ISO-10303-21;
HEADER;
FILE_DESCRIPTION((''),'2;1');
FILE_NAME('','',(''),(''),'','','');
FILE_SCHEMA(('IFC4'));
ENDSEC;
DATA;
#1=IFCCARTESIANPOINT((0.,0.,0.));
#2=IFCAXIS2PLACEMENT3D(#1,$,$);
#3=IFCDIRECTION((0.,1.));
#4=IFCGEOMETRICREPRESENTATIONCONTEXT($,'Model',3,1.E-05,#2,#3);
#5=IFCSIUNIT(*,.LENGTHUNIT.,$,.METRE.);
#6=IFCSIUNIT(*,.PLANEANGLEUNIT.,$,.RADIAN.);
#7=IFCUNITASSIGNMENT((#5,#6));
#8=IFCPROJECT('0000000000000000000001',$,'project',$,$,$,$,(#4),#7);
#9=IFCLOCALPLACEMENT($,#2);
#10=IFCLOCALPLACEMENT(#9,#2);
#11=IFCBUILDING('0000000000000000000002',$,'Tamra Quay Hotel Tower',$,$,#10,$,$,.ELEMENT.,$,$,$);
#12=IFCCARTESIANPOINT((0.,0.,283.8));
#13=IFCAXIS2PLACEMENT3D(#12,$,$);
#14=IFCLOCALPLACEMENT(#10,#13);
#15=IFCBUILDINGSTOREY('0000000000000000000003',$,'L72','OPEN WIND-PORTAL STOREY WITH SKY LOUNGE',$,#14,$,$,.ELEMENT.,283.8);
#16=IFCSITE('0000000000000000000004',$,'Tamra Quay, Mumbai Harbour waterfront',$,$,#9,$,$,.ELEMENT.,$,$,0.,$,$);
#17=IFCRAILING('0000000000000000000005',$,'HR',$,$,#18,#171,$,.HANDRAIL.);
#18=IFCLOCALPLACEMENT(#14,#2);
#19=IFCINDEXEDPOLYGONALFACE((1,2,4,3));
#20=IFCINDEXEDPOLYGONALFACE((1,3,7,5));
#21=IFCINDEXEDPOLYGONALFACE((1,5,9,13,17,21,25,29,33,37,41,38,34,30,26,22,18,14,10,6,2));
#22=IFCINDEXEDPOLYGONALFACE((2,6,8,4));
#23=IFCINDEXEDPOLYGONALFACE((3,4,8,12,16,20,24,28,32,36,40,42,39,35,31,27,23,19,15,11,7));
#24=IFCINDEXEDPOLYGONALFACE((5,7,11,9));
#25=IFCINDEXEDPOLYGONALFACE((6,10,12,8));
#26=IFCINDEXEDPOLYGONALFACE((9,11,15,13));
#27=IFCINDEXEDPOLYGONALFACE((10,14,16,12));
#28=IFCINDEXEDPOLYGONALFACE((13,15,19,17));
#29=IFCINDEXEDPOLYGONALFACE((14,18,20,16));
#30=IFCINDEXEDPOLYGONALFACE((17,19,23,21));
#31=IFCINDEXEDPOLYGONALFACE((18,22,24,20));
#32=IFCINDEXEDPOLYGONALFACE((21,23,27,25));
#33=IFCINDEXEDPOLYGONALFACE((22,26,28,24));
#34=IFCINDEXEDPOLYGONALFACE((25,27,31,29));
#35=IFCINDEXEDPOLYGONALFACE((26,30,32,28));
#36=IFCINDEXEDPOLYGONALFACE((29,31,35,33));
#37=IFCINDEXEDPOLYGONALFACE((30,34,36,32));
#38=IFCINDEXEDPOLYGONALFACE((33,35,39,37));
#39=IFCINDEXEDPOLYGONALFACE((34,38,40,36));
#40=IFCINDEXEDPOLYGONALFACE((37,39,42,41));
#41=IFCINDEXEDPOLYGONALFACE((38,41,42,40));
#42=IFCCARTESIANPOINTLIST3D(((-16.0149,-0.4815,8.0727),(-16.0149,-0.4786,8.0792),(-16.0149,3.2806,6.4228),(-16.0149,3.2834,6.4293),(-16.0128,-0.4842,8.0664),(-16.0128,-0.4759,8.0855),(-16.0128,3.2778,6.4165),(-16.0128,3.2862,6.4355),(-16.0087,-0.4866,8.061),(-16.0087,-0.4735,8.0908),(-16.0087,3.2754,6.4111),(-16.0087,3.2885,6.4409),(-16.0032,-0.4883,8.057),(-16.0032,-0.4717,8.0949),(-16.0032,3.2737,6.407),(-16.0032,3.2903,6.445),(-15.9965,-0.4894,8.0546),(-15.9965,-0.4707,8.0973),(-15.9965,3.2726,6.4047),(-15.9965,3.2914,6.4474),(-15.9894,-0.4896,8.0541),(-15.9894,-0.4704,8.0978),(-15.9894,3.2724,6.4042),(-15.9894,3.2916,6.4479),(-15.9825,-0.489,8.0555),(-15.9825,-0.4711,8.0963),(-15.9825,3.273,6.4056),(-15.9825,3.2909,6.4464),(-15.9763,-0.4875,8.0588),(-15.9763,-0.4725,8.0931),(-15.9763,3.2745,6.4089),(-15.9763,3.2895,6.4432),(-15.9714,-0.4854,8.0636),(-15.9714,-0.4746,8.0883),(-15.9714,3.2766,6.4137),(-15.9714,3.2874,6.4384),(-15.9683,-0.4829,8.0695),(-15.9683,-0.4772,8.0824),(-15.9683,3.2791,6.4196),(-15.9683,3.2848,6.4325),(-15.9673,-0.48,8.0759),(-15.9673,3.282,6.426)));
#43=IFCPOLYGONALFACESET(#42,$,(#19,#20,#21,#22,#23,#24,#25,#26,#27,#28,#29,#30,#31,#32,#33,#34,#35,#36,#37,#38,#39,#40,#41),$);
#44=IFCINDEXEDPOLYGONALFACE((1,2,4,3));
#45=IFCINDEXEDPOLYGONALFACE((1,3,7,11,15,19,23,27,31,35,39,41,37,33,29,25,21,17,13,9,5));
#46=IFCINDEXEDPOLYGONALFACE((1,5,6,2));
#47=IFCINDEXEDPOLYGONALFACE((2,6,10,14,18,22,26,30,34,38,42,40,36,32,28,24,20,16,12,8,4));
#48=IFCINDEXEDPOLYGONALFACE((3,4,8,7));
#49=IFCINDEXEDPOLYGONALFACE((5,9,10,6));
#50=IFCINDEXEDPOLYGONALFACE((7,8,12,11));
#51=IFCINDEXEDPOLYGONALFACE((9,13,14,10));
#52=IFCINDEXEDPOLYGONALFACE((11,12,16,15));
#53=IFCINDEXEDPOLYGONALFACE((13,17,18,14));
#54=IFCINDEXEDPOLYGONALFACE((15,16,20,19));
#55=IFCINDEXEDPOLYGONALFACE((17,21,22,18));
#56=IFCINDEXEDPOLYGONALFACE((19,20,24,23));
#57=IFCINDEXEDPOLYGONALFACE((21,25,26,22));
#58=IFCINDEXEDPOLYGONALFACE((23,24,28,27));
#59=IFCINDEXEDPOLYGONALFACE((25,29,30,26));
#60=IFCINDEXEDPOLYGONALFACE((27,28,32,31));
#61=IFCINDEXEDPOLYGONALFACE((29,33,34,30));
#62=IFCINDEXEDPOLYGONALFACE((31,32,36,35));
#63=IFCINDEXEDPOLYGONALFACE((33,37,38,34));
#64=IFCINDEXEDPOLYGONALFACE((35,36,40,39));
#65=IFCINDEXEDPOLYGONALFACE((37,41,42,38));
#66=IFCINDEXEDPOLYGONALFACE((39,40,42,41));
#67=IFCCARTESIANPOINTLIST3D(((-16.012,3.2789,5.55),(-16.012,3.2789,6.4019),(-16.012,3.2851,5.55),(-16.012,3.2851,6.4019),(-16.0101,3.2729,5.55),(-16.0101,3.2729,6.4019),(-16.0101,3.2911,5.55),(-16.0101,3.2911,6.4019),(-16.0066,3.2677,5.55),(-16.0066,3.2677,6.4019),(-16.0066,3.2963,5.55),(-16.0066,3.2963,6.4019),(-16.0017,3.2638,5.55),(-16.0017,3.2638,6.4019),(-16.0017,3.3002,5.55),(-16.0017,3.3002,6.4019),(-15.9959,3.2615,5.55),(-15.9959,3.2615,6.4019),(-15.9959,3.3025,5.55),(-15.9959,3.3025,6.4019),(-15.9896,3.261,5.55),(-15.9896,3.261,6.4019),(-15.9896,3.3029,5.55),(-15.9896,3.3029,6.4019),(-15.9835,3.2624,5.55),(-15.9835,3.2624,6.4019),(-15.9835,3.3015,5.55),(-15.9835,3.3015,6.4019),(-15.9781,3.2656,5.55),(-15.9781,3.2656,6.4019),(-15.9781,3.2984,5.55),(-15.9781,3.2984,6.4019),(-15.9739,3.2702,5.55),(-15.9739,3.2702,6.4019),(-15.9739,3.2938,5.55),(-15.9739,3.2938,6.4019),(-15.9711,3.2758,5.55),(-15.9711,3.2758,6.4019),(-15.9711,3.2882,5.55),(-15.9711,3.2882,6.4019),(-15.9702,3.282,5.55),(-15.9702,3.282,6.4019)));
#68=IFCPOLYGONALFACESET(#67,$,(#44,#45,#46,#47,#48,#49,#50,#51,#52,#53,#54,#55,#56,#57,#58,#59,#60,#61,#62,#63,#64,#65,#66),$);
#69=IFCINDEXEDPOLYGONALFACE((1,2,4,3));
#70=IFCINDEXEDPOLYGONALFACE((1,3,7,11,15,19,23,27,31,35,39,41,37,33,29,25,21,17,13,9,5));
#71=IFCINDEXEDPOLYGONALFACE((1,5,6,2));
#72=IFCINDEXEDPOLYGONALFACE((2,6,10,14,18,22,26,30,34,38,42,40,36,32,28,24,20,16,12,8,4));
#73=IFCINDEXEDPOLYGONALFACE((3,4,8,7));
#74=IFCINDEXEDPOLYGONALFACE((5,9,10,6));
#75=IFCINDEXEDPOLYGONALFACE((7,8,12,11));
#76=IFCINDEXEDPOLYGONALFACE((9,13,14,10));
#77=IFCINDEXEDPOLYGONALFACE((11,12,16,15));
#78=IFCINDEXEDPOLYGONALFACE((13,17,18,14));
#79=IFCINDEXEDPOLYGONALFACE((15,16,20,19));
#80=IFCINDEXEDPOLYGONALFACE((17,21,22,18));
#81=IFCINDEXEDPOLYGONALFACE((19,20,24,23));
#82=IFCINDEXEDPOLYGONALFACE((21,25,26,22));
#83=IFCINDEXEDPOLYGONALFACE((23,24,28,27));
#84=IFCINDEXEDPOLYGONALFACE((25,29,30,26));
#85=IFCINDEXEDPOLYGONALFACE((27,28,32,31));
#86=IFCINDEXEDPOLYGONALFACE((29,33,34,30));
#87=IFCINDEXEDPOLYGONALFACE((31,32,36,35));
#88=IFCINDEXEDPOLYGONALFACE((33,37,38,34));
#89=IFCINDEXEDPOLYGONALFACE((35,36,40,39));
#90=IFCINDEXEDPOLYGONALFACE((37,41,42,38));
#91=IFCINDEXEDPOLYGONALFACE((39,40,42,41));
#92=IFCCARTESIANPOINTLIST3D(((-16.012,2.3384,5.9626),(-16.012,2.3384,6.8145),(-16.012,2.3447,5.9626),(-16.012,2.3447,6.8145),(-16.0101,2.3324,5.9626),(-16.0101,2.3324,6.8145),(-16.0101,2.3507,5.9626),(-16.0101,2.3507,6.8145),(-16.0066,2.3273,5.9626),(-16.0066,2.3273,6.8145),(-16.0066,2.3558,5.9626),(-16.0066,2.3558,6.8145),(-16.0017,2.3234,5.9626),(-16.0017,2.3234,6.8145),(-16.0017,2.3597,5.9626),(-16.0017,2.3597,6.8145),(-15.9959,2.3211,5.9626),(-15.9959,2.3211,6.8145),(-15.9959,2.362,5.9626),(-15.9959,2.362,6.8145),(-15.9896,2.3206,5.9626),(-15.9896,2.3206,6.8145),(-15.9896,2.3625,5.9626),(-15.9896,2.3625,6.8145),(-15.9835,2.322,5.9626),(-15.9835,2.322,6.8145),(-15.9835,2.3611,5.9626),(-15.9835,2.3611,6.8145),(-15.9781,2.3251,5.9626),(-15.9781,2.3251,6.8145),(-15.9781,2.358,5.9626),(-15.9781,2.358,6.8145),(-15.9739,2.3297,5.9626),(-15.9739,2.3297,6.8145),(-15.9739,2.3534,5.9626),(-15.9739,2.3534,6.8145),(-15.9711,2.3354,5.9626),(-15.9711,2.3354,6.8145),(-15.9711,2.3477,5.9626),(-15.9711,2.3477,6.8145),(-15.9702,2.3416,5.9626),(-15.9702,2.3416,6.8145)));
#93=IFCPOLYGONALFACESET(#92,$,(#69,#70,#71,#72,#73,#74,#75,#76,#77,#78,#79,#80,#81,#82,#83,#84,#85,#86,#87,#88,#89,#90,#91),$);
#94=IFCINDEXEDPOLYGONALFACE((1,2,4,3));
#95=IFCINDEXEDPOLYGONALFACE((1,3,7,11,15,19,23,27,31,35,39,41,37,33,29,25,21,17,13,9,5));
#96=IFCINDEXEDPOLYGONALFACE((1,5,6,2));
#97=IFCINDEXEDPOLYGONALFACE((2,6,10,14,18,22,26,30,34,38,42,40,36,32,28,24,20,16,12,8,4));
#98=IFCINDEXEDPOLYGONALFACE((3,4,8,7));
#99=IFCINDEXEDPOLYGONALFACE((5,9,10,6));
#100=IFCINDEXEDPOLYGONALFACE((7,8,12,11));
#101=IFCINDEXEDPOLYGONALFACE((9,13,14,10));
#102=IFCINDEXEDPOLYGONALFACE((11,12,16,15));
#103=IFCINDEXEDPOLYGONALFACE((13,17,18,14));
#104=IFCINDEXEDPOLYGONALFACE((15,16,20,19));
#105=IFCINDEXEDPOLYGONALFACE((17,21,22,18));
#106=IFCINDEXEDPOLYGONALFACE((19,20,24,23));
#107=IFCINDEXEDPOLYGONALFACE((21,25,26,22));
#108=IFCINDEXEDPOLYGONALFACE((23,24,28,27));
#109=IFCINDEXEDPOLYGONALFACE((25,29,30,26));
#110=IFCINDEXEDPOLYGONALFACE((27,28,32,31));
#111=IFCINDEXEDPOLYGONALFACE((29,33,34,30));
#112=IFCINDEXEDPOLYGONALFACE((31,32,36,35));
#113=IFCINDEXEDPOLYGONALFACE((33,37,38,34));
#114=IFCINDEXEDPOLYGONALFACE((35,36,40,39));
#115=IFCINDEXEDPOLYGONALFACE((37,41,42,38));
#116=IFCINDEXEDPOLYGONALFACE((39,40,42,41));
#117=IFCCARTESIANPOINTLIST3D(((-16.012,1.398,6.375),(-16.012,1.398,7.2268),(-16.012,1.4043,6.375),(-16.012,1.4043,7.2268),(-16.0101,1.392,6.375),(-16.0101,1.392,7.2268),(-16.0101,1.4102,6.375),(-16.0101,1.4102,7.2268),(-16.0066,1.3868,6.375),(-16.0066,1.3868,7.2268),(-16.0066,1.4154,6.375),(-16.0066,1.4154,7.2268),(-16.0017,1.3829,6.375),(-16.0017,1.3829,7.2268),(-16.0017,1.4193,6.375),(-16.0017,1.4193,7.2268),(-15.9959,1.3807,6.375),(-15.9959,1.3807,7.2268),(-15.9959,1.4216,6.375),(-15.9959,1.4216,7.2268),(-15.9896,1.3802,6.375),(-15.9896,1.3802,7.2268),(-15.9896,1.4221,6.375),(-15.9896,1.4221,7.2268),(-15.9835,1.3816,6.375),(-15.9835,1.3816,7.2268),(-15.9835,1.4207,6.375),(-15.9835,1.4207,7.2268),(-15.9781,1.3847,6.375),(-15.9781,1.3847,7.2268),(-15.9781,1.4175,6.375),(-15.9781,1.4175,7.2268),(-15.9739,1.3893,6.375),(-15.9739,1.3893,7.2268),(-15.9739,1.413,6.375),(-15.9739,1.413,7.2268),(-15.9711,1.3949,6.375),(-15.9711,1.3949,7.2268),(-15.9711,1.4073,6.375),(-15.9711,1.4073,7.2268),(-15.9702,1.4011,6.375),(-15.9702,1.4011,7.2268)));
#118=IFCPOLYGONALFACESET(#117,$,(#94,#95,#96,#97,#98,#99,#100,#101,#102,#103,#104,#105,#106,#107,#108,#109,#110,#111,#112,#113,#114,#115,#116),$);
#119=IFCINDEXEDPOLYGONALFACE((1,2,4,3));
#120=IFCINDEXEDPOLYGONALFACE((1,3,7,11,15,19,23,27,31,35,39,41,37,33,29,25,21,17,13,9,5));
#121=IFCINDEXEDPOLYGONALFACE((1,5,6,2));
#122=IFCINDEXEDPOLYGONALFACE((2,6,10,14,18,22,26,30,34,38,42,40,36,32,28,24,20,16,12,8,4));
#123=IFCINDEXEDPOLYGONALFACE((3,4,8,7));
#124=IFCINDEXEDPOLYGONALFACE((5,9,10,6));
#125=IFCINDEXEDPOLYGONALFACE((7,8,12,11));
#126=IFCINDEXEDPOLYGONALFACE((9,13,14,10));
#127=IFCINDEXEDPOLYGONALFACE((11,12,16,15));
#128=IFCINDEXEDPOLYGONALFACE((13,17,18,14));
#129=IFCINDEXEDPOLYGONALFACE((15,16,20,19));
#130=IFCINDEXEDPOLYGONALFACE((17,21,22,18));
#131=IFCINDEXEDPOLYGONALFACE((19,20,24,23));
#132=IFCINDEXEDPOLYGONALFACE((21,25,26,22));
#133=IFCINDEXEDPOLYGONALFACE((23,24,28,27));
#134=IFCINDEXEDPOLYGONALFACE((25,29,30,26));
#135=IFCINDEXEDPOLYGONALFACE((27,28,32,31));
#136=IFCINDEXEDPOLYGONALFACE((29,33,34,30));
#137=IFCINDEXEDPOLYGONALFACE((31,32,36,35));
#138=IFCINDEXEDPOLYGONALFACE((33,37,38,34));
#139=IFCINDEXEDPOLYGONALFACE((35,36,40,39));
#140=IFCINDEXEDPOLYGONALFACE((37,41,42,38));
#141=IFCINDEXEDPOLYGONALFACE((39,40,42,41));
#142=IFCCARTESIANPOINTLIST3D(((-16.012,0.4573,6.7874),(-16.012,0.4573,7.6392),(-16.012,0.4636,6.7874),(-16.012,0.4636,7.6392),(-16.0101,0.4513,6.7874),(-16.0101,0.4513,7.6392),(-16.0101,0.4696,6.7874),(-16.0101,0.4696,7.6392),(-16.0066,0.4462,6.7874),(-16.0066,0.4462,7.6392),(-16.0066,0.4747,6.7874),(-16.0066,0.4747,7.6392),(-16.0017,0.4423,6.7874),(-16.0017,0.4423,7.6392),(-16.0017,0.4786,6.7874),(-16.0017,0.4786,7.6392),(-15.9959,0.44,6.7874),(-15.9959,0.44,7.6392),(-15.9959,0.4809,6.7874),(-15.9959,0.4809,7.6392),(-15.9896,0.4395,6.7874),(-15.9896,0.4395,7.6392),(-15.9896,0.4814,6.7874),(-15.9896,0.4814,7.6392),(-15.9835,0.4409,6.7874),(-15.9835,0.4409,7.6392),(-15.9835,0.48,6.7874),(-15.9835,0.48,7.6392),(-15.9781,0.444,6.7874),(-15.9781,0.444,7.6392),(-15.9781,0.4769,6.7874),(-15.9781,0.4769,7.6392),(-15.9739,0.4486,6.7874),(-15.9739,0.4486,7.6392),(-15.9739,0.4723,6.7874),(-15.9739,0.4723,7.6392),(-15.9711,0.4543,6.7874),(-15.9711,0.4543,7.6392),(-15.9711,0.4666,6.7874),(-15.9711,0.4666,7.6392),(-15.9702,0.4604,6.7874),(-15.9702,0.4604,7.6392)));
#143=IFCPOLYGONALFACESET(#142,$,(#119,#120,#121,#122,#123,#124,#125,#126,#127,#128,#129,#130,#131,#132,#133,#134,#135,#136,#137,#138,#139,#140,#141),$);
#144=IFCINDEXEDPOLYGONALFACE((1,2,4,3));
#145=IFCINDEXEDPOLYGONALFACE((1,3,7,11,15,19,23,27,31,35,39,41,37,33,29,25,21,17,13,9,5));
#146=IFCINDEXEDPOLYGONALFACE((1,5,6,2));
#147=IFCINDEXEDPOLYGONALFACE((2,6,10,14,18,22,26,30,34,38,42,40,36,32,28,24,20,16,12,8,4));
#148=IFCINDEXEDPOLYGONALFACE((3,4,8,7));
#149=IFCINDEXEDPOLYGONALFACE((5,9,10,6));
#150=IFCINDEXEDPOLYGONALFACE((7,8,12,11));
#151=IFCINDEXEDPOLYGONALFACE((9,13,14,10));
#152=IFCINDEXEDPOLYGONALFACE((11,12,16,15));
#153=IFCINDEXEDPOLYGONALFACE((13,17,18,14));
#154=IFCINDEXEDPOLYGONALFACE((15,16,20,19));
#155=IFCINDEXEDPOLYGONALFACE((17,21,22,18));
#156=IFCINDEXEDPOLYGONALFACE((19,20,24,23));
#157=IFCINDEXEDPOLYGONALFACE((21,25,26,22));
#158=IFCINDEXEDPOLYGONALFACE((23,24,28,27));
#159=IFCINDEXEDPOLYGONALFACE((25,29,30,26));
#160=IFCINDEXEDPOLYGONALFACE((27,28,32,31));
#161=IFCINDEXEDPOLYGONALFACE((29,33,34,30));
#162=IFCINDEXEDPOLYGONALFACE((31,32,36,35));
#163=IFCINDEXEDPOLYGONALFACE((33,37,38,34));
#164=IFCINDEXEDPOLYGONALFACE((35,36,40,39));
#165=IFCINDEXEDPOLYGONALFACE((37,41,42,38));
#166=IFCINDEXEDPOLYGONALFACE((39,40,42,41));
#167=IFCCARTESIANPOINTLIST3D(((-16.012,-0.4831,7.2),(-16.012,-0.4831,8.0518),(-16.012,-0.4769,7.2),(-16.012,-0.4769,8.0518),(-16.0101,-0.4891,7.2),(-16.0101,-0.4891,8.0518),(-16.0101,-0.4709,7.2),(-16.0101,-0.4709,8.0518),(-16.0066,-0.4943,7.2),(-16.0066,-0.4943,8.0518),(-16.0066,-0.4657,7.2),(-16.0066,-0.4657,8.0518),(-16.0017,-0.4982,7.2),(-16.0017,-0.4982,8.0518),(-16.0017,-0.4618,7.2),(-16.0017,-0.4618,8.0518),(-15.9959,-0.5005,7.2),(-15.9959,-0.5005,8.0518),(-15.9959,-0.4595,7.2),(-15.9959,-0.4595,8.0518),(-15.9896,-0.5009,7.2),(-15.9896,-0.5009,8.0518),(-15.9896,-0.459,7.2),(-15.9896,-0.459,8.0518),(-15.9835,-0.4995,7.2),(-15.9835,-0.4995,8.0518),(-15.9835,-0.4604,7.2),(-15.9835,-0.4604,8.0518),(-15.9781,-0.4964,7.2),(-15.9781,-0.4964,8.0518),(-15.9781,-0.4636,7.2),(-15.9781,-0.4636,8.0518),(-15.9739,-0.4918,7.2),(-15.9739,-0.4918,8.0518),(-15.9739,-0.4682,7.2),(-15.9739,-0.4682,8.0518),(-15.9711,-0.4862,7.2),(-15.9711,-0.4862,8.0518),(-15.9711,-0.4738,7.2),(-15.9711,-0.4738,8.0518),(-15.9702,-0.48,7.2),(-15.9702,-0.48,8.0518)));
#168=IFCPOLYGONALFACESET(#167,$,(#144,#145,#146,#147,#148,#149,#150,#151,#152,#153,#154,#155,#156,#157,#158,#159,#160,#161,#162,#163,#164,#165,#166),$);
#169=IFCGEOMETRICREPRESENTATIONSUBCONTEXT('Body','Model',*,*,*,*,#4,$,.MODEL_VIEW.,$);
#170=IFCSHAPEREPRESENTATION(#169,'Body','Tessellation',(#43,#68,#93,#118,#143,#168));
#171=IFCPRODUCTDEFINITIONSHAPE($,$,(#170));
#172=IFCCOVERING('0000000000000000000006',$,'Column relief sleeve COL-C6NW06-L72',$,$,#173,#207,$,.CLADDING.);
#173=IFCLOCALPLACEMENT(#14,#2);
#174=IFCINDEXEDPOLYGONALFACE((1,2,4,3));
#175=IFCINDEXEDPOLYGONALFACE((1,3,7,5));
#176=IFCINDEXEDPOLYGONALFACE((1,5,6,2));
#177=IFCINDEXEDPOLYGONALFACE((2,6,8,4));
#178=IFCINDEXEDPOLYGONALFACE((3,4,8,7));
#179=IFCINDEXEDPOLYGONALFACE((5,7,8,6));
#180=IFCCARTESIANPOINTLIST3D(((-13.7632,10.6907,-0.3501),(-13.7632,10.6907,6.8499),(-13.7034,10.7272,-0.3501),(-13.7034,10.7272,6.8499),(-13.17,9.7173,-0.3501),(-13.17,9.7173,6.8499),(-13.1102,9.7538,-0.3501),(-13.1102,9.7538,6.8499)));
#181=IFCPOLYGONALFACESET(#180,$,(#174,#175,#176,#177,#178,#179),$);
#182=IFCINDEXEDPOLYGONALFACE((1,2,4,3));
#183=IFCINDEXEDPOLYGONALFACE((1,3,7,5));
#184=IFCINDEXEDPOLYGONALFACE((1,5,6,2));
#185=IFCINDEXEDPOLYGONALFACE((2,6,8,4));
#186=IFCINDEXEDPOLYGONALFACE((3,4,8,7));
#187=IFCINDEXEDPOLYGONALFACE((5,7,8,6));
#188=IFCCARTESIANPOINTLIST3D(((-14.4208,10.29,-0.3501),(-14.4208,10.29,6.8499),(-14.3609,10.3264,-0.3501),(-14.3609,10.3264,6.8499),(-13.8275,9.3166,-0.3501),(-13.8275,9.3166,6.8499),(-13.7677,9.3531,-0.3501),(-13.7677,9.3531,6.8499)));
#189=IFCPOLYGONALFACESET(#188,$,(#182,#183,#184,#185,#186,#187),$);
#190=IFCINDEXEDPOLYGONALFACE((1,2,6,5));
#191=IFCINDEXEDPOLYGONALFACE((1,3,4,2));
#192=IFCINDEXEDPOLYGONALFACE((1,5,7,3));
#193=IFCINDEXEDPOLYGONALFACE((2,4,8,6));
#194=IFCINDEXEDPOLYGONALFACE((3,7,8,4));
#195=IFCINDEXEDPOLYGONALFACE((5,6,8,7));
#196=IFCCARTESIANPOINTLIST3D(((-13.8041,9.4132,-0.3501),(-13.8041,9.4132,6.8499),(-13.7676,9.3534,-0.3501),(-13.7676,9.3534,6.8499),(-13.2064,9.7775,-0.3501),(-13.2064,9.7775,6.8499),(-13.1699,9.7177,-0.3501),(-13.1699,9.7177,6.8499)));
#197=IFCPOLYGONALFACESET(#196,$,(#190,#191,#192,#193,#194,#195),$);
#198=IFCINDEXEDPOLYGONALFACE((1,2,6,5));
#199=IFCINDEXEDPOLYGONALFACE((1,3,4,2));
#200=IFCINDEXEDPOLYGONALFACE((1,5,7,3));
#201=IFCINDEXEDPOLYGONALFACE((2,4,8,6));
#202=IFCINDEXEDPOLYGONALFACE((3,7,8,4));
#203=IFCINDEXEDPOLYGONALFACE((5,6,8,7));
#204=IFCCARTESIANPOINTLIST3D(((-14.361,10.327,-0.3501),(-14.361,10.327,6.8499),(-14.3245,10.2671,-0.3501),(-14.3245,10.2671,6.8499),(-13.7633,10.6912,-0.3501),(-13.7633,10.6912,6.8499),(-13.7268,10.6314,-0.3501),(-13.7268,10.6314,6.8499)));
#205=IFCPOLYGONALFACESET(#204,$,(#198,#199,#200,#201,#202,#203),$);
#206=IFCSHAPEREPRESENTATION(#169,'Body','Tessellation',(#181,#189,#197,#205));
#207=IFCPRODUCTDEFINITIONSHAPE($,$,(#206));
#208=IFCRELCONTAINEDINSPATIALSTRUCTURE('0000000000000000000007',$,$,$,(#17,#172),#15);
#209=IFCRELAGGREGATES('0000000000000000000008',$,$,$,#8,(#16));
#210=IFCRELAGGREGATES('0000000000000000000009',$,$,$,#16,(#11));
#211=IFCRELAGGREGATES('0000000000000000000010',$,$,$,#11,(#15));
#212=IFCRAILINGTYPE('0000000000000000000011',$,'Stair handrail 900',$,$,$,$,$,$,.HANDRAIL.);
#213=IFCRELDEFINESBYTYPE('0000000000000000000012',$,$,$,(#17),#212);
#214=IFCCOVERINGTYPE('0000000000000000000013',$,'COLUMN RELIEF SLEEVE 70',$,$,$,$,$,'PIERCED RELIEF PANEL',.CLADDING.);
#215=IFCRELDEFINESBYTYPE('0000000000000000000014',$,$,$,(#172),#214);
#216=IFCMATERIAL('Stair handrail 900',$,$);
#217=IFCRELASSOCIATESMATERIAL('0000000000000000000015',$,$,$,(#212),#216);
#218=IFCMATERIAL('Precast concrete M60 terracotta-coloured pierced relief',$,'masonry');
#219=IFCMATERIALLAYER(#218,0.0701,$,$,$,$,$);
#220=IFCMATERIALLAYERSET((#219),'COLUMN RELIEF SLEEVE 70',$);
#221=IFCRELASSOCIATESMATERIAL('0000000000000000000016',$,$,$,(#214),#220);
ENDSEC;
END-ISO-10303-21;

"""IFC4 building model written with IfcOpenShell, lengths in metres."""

from ifc_helpers import new_model, si_unit, direction, frame, frame_2d, origin, origin_2d, place, context, subcontext, project, spatial, rectangle, circle, extrude, source, transform, mapped, material, layer, layer_set, type_object, element, save


model = new_model("IFC4")

# Units and contexts
model_context = context("Model", 3, precision=1e-05, world=origin(), true_north=direction((0.0, 1.0)))
body_context = subcontext(model_context, "Body", "Model", "MODEL_VIEW")
ifc_project = project(units=[si_unit("LENGTHUNIT", "METRE"), si_unit("PLANEANGLEUNIT", "RADIAN")], contexts=[model_context])

# Site, building, storey
site_placement = place(None, origin())
site = spatial("IfcSite", under=ifc_project, at=site_placement, Name="Tamra Quay, Mumbai Harbour waterfront", CompositionType="ELEMENT", RefElevation=0.0)
building_placement = place(site_placement, origin())
building = spatial("IfcBuilding", under=site, at=building_placement, Name="Tamra Quay Hotel Tower", CompositionType="ELEMENT")
storey_placement = place(building_placement, frame((0.0, 0.0, 283.8)))
storey = spatial("IfcBuildingStorey", under=building, at=storey_placement, Name="L72", Description="OPEN WIND-PORTAL STOREY WITH SKY LOUNGE", CompositionType="ELEMENT", Elevation=283.8)

# Shared definitions
ifc_material_1 = material(Name="Precast concrete M60 terracotta-coloured pierced relief", Category="masonry")

# Railing
ifc_material_2 = material(Name="Stair handrail 900")
railing_type = type_object("IfcRailingType", Name="Stair handrail 900", PredefinedType="HANDRAIL", material=ifc_material_2)
for number, where, name in (
    (1, (-15.9912, 3.282, 5.55), "HR"),
):
    element("IfcRailing", number, at=place(storey_placement, frame(where)), inside=storey, type_object=railing_type, Name=name, PredefinedType="HANDRAIL", context=body_context, shape_type="SweptSolid", body=[
        extrude(circle(Radius=0.0239, at=origin_2d()), frame((0.0, 0.0, 0.876), z_axis=(0.0, -0.915795, 0.401645), x_axis=(1.0, 0.0, 0.0)), (0.0, 0.0, 1.0), 4.1079),
        extrude(circle(Radius=0.021, at=origin_2d()), origin(), (0.0, 0.0, 1.0), 0.8518),
        extrude(circle(Radius=0.021, at=origin_2d()), frame((0.0, -0.9404, 0.4126)), (0.0, 0.0, 1.0), 0.8518),
        extrude(circle(Radius=0.021, at=origin_2d()), frame((0.0, -1.8809, 0.825)), (0.0, 0.0, 1.0), 0.8518),
        extrude(circle(Radius=0.021, at=origin_2d()), frame((0.0, -2.8215, 1.2373)), (0.0, 0.0, 1.0), 0.8518),
        extrude(circle(Radius=0.021, at=origin_2d()), frame((0.0, -3.762, 1.6499)), (0.0, 0.0, 1.0), 0.8518),
    ])

# Covering
ifc_layer_1 = layer(ifc_material_1, 0.0701)
ifc_layer_set_1 = layer_set([ifc_layer_1], Name="COLUMN RELIEF SLEEVE 70")
covering_type_1 = type_object("IfcCoveringType", Name="COLUMN RELIEF SLEEVE 70", ElementType="PIERCED RELIEF PANEL", PredefinedType="CLADDING", material=ifc_layer_set_1)
shared_shape_1 = source(origin(), body_context, "Body", "SweptSolid", [
    extrude(rectangle(XDim=1.1399, YDim=0.0701, at=frame_2d((0.5698, 0.0352))), frame((-0.5701, -0.4199, 0.0)), (0.0, 0.0, 1.0), 7.2),
    extrude(rectangle(XDim=1.1399, YDim=0.0701, at=frame_2d((0.5698, 0.0352))), frame((-0.5701, 0.3501, 0.0)), (0.0, 0.0, 1.0), 7.2),
    extrude(rectangle(XDim=0.0701, YDim=0.7, at=frame_2d((0.0352, 0.3501))), frame((-0.5701, -0.3501, 0.0)), (0.0, 0.0, 1.0), 7.2),
    extrude(rectangle(XDim=0.0701, YDim=0.7, at=frame_2d((0.0352, 0.3501))), frame((0.5, -0.3501, 0.0)), (0.0, 0.0, 1.0), 7.2),
])
for number, where, z_axis, x_axis, name in (
    (2, (-13.7654, 10.0222, -0.3501), (0.0, 0.0, 1.0), (-0.52043, 0.853904, 0.0), "Column relief sleeve COL-C6NW06-L72"),
):
    element("IfcCovering", number, at=place(storey_placement, frame(where, z_axis=z_axis, x_axis=x_axis)), inside=storey, type_object=covering_type_1, Name=name, PredefinedType="CLADDING", context=body_context, shape_type="MappedRepresentation", body=[
        mapped(shared_shape_1, transform((0.0, 0.0, 0.0), scale=1.0)),
    ])

save(model, "model.ifc")
